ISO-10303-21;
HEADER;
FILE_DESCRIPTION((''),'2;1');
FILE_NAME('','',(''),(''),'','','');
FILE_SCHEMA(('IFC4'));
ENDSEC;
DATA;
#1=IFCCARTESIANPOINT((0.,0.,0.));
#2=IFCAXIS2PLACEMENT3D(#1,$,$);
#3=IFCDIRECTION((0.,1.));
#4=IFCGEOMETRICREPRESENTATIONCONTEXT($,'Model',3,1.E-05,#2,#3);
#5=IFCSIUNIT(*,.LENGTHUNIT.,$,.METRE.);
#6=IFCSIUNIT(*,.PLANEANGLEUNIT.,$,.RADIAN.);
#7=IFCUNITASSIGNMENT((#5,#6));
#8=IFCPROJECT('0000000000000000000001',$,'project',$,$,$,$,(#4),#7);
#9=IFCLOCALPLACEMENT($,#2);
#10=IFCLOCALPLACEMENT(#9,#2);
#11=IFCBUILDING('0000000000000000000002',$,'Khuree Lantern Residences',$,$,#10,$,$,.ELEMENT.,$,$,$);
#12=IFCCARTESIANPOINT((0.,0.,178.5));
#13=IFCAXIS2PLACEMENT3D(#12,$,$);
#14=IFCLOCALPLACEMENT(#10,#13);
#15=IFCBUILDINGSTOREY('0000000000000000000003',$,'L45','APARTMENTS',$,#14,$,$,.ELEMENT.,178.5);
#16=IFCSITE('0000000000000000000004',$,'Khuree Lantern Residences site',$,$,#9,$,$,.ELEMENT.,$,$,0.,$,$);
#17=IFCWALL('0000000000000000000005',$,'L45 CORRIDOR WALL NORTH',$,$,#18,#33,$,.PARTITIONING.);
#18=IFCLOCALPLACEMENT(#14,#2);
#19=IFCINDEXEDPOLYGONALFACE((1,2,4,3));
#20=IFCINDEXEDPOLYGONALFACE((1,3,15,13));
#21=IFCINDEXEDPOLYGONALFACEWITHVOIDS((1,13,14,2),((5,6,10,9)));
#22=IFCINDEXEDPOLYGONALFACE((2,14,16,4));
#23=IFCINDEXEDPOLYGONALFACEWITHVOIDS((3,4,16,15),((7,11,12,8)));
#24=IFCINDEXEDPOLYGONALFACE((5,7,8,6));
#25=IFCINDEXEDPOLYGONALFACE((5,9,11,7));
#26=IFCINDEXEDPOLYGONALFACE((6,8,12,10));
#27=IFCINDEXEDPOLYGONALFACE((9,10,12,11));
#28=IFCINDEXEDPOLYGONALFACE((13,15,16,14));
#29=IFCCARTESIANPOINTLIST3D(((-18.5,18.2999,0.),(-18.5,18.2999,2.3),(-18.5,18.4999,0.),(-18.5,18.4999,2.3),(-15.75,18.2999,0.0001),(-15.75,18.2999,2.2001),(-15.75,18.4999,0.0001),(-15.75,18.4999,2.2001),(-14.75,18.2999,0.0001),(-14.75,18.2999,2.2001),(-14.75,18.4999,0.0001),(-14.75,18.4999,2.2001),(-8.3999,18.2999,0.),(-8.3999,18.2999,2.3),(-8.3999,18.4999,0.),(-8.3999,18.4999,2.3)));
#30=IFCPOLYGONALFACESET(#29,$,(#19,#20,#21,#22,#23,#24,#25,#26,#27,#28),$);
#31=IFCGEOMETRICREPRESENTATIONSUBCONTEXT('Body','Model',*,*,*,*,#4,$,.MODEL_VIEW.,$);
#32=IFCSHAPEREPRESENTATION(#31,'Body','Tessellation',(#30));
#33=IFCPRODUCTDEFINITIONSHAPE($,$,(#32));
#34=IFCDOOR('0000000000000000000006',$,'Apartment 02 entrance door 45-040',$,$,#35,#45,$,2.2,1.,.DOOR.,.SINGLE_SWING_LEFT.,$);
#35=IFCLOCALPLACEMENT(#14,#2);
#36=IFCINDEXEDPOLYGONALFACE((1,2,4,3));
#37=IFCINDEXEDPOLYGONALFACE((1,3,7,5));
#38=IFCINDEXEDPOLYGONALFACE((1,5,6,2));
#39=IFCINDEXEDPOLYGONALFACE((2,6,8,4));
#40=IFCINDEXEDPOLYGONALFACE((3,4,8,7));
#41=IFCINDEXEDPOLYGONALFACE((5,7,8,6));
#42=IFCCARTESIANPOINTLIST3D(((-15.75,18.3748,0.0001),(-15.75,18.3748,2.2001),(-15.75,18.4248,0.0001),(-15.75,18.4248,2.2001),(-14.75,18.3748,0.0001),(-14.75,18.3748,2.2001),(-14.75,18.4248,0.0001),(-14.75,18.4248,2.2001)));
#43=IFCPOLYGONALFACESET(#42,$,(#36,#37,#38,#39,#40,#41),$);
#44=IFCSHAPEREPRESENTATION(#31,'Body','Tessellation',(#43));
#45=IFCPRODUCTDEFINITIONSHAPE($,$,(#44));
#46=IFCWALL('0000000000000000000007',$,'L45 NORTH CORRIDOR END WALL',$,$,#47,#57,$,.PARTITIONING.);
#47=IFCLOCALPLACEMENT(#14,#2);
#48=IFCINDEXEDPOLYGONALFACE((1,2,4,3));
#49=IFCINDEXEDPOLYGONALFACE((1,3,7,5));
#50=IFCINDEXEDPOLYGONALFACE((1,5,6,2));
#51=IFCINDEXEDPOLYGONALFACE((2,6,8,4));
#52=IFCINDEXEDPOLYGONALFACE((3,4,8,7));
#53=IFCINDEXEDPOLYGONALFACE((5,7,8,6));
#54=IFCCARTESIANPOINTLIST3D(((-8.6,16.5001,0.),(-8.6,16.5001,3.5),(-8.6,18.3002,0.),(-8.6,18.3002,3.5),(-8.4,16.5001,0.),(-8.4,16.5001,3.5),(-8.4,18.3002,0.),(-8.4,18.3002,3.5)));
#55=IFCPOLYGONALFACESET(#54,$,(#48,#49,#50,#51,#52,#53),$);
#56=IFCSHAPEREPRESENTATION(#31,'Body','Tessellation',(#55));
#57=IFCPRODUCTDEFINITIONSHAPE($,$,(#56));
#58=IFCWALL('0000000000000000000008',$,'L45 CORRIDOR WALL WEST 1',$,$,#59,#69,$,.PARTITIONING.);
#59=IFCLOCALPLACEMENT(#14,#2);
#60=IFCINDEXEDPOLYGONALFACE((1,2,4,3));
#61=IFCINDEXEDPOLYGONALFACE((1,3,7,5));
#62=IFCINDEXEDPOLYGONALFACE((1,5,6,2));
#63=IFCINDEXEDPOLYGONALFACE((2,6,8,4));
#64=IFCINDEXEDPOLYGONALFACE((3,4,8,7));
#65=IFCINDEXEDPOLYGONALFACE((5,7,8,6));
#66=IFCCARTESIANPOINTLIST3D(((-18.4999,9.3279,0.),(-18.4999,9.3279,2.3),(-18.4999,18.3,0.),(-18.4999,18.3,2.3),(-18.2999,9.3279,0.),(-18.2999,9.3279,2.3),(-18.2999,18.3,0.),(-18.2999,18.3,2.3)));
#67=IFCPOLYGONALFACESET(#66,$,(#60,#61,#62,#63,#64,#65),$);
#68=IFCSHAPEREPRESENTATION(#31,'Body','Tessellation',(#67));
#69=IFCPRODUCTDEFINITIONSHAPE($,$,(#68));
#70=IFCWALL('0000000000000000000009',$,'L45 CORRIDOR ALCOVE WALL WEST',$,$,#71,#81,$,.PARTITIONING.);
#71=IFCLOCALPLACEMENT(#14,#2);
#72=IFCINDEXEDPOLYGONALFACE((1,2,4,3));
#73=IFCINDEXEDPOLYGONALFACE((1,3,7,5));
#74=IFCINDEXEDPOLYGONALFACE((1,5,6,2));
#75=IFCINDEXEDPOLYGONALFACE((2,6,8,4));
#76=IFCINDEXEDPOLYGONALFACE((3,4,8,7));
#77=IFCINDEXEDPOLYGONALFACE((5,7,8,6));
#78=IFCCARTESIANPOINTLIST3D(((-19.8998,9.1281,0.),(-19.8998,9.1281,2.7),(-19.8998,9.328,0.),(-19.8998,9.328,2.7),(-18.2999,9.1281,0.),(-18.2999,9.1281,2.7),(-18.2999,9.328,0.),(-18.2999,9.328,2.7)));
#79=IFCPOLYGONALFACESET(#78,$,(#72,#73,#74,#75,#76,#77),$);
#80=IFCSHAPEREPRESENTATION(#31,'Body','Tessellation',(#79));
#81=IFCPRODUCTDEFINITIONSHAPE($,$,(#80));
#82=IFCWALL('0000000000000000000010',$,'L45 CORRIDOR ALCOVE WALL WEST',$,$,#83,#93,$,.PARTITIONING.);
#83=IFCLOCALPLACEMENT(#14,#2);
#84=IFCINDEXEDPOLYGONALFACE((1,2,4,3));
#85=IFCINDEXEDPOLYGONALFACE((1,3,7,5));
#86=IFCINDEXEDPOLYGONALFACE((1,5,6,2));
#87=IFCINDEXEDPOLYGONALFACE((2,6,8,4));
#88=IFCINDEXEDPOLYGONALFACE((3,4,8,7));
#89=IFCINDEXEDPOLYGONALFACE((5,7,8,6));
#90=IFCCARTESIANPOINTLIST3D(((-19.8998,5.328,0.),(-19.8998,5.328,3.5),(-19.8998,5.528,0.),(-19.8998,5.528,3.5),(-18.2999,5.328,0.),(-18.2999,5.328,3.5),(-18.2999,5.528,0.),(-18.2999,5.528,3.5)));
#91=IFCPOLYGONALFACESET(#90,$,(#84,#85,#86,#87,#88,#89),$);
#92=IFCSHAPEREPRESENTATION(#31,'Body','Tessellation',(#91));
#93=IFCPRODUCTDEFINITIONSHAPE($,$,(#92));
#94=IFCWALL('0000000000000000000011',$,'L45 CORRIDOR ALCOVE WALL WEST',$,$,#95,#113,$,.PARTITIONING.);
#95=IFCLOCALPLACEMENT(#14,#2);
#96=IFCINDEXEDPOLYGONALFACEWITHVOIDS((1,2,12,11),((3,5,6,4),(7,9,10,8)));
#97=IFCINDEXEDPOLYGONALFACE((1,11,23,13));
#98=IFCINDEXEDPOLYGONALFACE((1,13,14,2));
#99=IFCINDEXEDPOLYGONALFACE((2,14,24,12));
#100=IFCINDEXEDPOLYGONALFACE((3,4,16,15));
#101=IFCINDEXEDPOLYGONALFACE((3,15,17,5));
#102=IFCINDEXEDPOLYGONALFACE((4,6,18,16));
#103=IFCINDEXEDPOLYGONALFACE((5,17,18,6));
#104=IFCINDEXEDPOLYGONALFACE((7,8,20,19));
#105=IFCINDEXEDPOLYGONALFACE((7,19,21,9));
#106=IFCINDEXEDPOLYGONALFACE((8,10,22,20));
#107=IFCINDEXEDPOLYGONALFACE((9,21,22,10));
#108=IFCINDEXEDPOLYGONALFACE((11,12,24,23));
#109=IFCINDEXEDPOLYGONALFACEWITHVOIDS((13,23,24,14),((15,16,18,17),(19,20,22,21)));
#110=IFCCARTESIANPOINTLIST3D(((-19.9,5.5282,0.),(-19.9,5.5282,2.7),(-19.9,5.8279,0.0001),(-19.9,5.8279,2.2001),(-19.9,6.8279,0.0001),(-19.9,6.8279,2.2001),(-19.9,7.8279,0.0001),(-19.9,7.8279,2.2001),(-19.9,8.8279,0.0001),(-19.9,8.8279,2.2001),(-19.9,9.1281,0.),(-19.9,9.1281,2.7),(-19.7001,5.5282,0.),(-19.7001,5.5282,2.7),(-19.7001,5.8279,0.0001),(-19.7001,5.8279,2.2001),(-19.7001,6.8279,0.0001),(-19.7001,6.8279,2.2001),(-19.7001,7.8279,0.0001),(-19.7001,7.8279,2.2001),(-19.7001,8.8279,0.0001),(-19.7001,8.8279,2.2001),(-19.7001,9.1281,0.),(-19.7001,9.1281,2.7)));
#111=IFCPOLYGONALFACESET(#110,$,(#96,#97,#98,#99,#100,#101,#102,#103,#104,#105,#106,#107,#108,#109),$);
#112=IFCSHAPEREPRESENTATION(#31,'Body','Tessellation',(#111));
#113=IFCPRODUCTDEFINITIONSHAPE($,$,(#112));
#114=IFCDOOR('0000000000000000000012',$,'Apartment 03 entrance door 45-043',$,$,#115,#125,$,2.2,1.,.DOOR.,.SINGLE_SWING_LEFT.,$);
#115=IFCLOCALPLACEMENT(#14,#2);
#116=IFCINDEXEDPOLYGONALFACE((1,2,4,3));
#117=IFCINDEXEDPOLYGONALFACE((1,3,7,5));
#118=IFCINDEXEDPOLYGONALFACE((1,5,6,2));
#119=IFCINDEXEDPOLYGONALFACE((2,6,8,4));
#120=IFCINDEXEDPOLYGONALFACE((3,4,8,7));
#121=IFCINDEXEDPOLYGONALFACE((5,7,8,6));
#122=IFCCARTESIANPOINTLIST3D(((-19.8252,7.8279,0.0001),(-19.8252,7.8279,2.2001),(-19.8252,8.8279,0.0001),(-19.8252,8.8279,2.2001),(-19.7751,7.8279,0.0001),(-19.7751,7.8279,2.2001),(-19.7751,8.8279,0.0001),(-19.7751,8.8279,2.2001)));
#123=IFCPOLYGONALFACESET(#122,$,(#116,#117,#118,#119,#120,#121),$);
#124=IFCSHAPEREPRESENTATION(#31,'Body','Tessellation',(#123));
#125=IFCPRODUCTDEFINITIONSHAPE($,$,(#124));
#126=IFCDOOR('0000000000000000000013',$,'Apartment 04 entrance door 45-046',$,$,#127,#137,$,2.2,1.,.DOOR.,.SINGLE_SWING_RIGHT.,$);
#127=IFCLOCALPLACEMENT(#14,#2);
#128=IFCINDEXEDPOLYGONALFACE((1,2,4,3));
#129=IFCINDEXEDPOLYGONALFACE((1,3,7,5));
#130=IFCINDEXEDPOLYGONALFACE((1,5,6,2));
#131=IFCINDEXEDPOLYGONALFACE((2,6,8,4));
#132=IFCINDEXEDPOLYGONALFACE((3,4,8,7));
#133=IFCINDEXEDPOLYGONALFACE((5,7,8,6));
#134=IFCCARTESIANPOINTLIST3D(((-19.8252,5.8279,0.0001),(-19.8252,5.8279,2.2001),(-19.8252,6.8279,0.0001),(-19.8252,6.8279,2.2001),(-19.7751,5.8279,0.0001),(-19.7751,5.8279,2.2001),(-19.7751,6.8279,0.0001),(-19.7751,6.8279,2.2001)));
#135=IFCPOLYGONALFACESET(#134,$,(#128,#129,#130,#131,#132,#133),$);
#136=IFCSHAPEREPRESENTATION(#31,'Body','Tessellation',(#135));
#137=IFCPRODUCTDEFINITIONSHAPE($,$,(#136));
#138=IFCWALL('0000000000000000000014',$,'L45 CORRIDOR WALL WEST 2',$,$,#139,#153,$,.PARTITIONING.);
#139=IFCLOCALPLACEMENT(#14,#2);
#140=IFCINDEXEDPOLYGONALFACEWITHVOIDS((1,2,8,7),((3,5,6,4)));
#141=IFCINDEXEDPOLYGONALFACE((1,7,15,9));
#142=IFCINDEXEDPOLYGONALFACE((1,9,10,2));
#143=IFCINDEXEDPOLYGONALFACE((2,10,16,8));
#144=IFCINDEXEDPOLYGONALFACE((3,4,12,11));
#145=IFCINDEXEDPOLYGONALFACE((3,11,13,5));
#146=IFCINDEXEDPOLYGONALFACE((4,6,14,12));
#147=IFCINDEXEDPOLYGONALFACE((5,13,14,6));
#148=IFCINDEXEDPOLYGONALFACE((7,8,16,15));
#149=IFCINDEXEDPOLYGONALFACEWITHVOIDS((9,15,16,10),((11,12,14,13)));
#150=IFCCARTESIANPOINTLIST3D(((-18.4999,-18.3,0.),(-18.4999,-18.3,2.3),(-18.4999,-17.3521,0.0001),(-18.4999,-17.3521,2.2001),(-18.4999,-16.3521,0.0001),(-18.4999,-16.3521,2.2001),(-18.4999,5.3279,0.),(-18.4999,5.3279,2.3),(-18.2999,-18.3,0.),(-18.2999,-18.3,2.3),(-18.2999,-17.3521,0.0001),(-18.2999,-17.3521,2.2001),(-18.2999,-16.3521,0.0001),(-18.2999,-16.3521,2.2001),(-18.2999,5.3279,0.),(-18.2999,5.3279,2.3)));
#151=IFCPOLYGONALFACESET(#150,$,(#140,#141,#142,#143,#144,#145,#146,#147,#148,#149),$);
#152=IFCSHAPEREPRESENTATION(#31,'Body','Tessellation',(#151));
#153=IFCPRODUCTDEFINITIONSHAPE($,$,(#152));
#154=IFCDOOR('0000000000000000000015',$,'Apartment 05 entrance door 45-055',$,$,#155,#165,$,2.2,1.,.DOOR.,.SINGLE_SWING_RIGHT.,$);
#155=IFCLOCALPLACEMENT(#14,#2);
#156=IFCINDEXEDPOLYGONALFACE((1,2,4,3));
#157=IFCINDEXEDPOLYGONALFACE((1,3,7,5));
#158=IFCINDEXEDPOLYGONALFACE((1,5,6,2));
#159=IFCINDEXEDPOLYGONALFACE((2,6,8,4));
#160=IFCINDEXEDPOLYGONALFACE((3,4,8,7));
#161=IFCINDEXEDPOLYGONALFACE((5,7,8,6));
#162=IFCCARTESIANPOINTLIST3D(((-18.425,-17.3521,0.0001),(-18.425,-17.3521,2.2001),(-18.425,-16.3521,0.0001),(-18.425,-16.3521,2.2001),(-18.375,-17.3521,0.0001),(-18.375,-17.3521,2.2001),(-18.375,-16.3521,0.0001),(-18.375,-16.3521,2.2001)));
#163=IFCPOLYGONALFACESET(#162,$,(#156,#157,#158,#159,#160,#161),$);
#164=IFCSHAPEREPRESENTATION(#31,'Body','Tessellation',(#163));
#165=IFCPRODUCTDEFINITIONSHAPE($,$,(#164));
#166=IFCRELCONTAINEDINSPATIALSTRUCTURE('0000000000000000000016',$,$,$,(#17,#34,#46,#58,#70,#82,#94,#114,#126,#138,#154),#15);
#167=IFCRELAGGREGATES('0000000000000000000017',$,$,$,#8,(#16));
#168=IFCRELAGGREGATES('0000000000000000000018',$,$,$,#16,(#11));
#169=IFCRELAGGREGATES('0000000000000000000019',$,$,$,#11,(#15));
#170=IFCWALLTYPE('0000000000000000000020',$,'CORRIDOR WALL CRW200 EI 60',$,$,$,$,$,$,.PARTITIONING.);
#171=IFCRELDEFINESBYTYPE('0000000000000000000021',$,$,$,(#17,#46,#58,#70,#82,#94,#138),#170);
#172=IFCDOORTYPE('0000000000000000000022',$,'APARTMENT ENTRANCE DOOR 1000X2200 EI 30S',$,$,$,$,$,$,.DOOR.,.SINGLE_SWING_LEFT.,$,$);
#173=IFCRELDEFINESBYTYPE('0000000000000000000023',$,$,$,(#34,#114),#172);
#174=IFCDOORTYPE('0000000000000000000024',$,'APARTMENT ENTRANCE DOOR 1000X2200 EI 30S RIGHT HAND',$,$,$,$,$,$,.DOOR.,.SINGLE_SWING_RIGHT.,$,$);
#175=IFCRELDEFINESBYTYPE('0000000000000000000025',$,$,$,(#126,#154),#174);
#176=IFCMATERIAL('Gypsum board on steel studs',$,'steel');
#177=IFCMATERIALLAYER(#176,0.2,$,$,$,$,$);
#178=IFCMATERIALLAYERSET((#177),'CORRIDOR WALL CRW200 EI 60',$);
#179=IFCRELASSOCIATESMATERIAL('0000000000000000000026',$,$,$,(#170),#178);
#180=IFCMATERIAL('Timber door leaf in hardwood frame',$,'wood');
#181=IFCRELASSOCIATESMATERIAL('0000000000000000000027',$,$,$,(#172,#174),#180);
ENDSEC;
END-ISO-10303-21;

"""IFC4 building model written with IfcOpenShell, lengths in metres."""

from ifc_helpers import new_model, si_unit, direction, frame, frame_2d, origin, place, context, subcontext, project, spatial, rectangle, extrude, material, layer, layer_set, type_object, element, fill, save


model = new_model("IFC4")

# Units and contexts
model_context = context("Model", 3, precision=1e-05, world=origin(), true_north=direction((0.0, 1.0)))
body_context = subcontext(model_context, "Body", "Model", "MODEL_VIEW")
ifc_project = project(units=[si_unit("LENGTHUNIT", "METRE"), si_unit("PLANEANGLEUNIT", "RADIAN")], contexts=[model_context])

# Site, building, storey
site_placement = place(None, origin())
site = spatial("IfcSite", under=ifc_project, at=site_placement, Name="Khuree Lantern Residences site", CompositionType="ELEMENT", RefElevation=0.0)
building_placement = place(site_placement, origin())
building = spatial("IfcBuilding", under=site, at=building_placement, Name="Khuree Lantern Residences", CompositionType="ELEMENT")
storey_placement = place(building_placement, frame((0.0, 0.0, 178.5)))
storey = spatial("IfcBuildingStorey", under=building, at=storey_placement, Name="L45", Description="APARTMENTS", CompositionType="ELEMENT", Elevation=178.5)

# Shared definitions
ifc_material_1 = material(Name="Timber door leaf in hardwood frame", Category="wood")

# Wall, opening, door
ifc_material_2 = material(Name="Gypsum board on steel studs", Category="steel")
ifc_layer_1 = layer(ifc_material_2, 0.2)
ifc_layer_set_1 = layer_set([ifc_layer_1], Name="CORRIDOR WALL CRW200 EI 60")
wall_type_1 = type_object("IfcWallType", Name="CORRIDOR WALL CRW200 EI 60", PredefinedType="PARTITIONING", material=ifc_layer_set_1)
wall_1_placement = place(storey_placement, frame((-18.5, 18.3999, 0.0), z_axis=(0.0, 0.0, 1.0), x_axis=(1.0, 0.0, 0.0)))
wall_1 = element("IfcWall", 1, at=wall_1_placement, inside=storey, type_object=wall_type_1, Name="L45 CORRIDOR WALL NORTH", PredefinedType="PARTITIONING", context=body_context, shape_type="SweptSolid", body=[
    extrude(rectangle(XDim=10.1001, YDim=0.2, at=frame_2d((5.05, 0.0))), origin(), (0.0, 0.0, 1.0), 2.3),
])
opening_1_placement = place(wall_1_placement, frame((2.75, 0.0, 0.0)))
opening_1 = element("IfcOpeningElement", 2, at=opening_1_placement, cuts=wall_1, PredefinedType="OPENING", context=body_context, shape_type="SweptSolid", body=[
    extrude(rectangle(XDim=1.0, YDim=2.2, at=frame_2d((0.5, 1.1001))), frame((0.0, 0.1099, 0.0), z_axis=(0.0, -1.0, 0.0), x_axis=(1.0, 0.0, 0.0)), (0.0, 0.0, 1.0), 0.22),
])
door_type_1 = type_object("IfcDoorType", Name="APARTMENT ENTRANCE DOOR 1000X2200 EI 30S", OperationType="SINGLE_SWING_LEFT", PredefinedType="DOOR", material=ifc_material_1)
door_1_placement = place(opening_1_placement, origin())
door_1 = element("IfcDoor", 3, at=door_1_placement, inside=storey, type_object=door_type_1, Name="Apartment 02 entrance door 45-040", OperationType="SINGLE_SWING_LEFT", OverallHeight=2.2, OverallWidth=1.0, PredefinedType="DOOR", context=body_context, shape_type="SweptSolid", body=[
    extrude(rectangle(XDim=1.0, YDim=2.2, at=frame_2d((0.5, 1.1001))), frame((0.0, 0.0249, 0.0), z_axis=(0.0, -1.0, 0.0), x_axis=(1.0, 0.0, 0.0)), (0.0, 0.0, 1.0), 0.05),
])
fill(opening_1, door_1)

# Walls
wall_2_placement = place(storey_placement, frame((-8.5, 18.3, 0.0), z_axis=(0.0, 0.0, 1.0), x_axis=(0.0, -1.0, 0.0)))
element("IfcWall", 4, at=wall_2_placement, inside=storey, type_object=wall_type_1, Name="L45 NORTH CORRIDOR END WALL", PredefinedType="PARTITIONING", context=body_context, shape_type="SweptSolid", body=[
    extrude(rectangle(XDim=1.8, YDim=0.2, at=frame_2d((0.8999, 0.0))), origin(), (0.0, 0.0, 1.0), 3.5),
])
wall_3_placement = place(storey_placement, frame((-18.3999, 18.3, 0.0), z_axis=(0.0, 0.0, 1.0), x_axis=(0.0, -1.0, 0.0)))
element("IfcWall", 5, at=wall_3_placement, inside=storey, type_object=wall_type_1, Name="L45 CORRIDOR WALL WEST 1", PredefinedType="PARTITIONING", context=body_context, shape_type="SweptSolid", body=[
    extrude(rectangle(XDim=8.9722, YDim=0.2, at=frame_2d((4.4861, 0.0))), origin(), (0.0, 0.0, 1.0), 2.3),
])
wall_4_placement = place(storey_placement, frame((-18.3, 9.228, 0.0), z_axis=(0.0, 0.0, 1.0), x_axis=(-1.0, 0.0, 0.0)))
element("IfcWall", 6, at=wall_4_placement, inside=storey, type_object=wall_type_1, Name="L45 CORRIDOR ALCOVE WALL WEST", PredefinedType="PARTITIONING", context=body_context, shape_type="SweptSolid", body=[
    extrude(rectangle(XDim=1.5999, YDim=0.2, at=frame_2d((0.7998, 0.0))), origin(), (0.0, 0.0, 1.0), 2.7),
])
wall_5_placement = place(storey_placement, frame((-18.3, 5.428, 0.0), z_axis=(0.0, 0.0, 1.0), x_axis=(-1.0, 0.0, 0.0)))
element("IfcWall", 7, at=wall_5_placement, inside=storey, type_object=wall_type_1, Name="L45 CORRIDOR ALCOVE WALL WEST", PredefinedType="PARTITIONING", context=body_context, shape_type="SweptSolid", body=[
    extrude(rectangle(XDim=1.5999, YDim=0.2, at=frame_2d((0.7998, 0.0))), origin(), (0.0, 0.0, 1.0), 3.5),
])

# Wall, openings, doors
wall_6_placement = place(storey_placement, frame((-19.8, 9.1279, 0.0), z_axis=(0.0, 0.0, 1.0), x_axis=(0.0, -1.0, 0.0)))
wall_6 = element("IfcWall", 8, at=wall_6_placement, inside=storey, type_object=wall_type_1, Name="L45 CORRIDOR ALCOVE WALL WEST", PredefinedType="PARTITIONING", context=body_context, shape_type="SweptSolid", body=[
    extrude(rectangle(XDim=3.5999, YDim=0.2, at=frame_2d((1.7998, 0.0))), origin(), (0.0, 0.0, 1.0), 2.7),
])
opening_2_placement = place(wall_6_placement, frame((0.3, 0.0, 0.0)))
opening_2 = element("IfcOpeningElement", 9, at=opening_2_placement, cuts=wall_6, PredefinedType="OPENING", context=body_context, shape_type="SweptSolid", body=[
    extrude(rectangle(XDim=1.0, YDim=2.2, at=frame_2d((0.5, 1.1001))), frame((0.0, 0.1099, 0.0), z_axis=(0.0, -1.0, 0.0), x_axis=(1.0, 0.0, 0.0)), (0.0, 0.0, 1.0), 0.22),
])
opening_3_placement = place(wall_6_placement, frame((2.3, 0.0, 0.0)))
opening_3 = element("IfcOpeningElement", 10, at=opening_3_placement, cuts=wall_6, PredefinedType="OPENING", context=body_context, shape_type="SweptSolid", body=[
    extrude(rectangle(XDim=1.0, YDim=2.2, at=frame_2d((0.5, 1.1001))), frame((0.0, 0.1099, 0.0), z_axis=(0.0, -1.0, 0.0), x_axis=(1.0, 0.0, 0.0)), (0.0, 0.0, 1.0), 0.22),
])
door_2_placement = place(opening_2_placement, origin())
door_2 = element("IfcDoor", 11, at=door_2_placement, inside=storey, type_object=door_type_1, Name="Apartment 03 entrance door 45-043", OperationType="SINGLE_SWING_LEFT", OverallHeight=2.2, OverallWidth=1.0, PredefinedType="DOOR", context=body_context, shape_type="SweptSolid", body=[
    extrude(rectangle(XDim=1.0, YDim=2.2, at=frame_2d((0.5, 1.1001))), frame((0.0, 0.0249, 0.0), z_axis=(0.0, -1.0, 0.0), x_axis=(1.0, 0.0, 0.0)), (0.0, 0.0, 1.0), 0.05),
])
fill(opening_2, door_2)
door_type_2 = type_object("IfcDoorType", Name="APARTMENT ENTRANCE DOOR 1000X2200 EI 30S RIGHT HAND", OperationType="SINGLE_SWING_RIGHT", PredefinedType="DOOR", material=ifc_material_1)
door_3_placement = place(opening_3_placement, origin())
door_3 = element("IfcDoor", 12, at=door_3_placement, inside=storey, type_object=door_type_2, Name="Apartment 04 entrance door 45-046", OperationType="SINGLE_SWING_RIGHT", OverallHeight=2.2, OverallWidth=1.0, PredefinedType="DOOR", context=body_context, shape_type="SweptSolid", body=[
    extrude(rectangle(XDim=1.0, YDim=2.2, at=frame_2d((0.5, 1.1001))), frame((0.0, 0.0249, 0.0), z_axis=(0.0, -1.0, 0.0), x_axis=(1.0, 0.0, 0.0)), (0.0, 0.0, 1.0), 0.05),
])
fill(opening_3, door_3)

# Wall, opening, door
wall_7_placement = place(storey_placement, frame((-18.3999, 5.3279, 0.0), z_axis=(0.0, 0.0, 1.0), x_axis=(0.0, -1.0, 0.0)))
wall_7 = element("IfcWall", 13, at=wall_7_placement, inside=storey, type_object=wall_type_1, Name="L45 CORRIDOR WALL WEST 2", PredefinedType="PARTITIONING", context=body_context, shape_type="SweptSolid", body=[
    extrude(rectangle(XDim=23.6279, YDim=0.2, at=frame_2d((11.814, 0.0))), origin(), (0.0, 0.0, 1.0), 2.3),
])
opening_4_placement = place(wall_7_placement, frame((21.6799, 0.0, 0.0)))
opening_4 = element("IfcOpeningElement", 14, at=opening_4_placement, cuts=wall_7, PredefinedType="OPENING", context=body_context, shape_type="SweptSolid", body=[
    extrude(rectangle(XDim=1.0, YDim=2.2, at=frame_2d((0.5, 1.1001))), frame((0.0, 0.1099, 0.0), z_axis=(0.0, -1.0, 0.0), x_axis=(1.0, 0.0, 0.0)), (0.0, 0.0, 1.0), 0.22),
])
door_4_placement = place(opening_4_placement, origin())
door_4 = element("IfcDoor", 15, at=door_4_placement, inside=storey, type_object=door_type_2, Name="Apartment 05 entrance door 45-055", OperationType="SINGLE_SWING_RIGHT", OverallHeight=2.2, OverallWidth=1.0, PredefinedType="DOOR", context=body_context, shape_type="SweptSolid", body=[
    extrude(rectangle(XDim=1.0, YDim=2.2, at=frame_2d((0.5, 1.1001))), frame((0.0, 0.0249, 0.0), z_axis=(0.0, -1.0, 0.0), x_axis=(1.0, 0.0, 0.0)), (0.0, 0.0, 1.0), 0.05),
])
fill(opening_4, door_4)

save(model, "model.ifc")
